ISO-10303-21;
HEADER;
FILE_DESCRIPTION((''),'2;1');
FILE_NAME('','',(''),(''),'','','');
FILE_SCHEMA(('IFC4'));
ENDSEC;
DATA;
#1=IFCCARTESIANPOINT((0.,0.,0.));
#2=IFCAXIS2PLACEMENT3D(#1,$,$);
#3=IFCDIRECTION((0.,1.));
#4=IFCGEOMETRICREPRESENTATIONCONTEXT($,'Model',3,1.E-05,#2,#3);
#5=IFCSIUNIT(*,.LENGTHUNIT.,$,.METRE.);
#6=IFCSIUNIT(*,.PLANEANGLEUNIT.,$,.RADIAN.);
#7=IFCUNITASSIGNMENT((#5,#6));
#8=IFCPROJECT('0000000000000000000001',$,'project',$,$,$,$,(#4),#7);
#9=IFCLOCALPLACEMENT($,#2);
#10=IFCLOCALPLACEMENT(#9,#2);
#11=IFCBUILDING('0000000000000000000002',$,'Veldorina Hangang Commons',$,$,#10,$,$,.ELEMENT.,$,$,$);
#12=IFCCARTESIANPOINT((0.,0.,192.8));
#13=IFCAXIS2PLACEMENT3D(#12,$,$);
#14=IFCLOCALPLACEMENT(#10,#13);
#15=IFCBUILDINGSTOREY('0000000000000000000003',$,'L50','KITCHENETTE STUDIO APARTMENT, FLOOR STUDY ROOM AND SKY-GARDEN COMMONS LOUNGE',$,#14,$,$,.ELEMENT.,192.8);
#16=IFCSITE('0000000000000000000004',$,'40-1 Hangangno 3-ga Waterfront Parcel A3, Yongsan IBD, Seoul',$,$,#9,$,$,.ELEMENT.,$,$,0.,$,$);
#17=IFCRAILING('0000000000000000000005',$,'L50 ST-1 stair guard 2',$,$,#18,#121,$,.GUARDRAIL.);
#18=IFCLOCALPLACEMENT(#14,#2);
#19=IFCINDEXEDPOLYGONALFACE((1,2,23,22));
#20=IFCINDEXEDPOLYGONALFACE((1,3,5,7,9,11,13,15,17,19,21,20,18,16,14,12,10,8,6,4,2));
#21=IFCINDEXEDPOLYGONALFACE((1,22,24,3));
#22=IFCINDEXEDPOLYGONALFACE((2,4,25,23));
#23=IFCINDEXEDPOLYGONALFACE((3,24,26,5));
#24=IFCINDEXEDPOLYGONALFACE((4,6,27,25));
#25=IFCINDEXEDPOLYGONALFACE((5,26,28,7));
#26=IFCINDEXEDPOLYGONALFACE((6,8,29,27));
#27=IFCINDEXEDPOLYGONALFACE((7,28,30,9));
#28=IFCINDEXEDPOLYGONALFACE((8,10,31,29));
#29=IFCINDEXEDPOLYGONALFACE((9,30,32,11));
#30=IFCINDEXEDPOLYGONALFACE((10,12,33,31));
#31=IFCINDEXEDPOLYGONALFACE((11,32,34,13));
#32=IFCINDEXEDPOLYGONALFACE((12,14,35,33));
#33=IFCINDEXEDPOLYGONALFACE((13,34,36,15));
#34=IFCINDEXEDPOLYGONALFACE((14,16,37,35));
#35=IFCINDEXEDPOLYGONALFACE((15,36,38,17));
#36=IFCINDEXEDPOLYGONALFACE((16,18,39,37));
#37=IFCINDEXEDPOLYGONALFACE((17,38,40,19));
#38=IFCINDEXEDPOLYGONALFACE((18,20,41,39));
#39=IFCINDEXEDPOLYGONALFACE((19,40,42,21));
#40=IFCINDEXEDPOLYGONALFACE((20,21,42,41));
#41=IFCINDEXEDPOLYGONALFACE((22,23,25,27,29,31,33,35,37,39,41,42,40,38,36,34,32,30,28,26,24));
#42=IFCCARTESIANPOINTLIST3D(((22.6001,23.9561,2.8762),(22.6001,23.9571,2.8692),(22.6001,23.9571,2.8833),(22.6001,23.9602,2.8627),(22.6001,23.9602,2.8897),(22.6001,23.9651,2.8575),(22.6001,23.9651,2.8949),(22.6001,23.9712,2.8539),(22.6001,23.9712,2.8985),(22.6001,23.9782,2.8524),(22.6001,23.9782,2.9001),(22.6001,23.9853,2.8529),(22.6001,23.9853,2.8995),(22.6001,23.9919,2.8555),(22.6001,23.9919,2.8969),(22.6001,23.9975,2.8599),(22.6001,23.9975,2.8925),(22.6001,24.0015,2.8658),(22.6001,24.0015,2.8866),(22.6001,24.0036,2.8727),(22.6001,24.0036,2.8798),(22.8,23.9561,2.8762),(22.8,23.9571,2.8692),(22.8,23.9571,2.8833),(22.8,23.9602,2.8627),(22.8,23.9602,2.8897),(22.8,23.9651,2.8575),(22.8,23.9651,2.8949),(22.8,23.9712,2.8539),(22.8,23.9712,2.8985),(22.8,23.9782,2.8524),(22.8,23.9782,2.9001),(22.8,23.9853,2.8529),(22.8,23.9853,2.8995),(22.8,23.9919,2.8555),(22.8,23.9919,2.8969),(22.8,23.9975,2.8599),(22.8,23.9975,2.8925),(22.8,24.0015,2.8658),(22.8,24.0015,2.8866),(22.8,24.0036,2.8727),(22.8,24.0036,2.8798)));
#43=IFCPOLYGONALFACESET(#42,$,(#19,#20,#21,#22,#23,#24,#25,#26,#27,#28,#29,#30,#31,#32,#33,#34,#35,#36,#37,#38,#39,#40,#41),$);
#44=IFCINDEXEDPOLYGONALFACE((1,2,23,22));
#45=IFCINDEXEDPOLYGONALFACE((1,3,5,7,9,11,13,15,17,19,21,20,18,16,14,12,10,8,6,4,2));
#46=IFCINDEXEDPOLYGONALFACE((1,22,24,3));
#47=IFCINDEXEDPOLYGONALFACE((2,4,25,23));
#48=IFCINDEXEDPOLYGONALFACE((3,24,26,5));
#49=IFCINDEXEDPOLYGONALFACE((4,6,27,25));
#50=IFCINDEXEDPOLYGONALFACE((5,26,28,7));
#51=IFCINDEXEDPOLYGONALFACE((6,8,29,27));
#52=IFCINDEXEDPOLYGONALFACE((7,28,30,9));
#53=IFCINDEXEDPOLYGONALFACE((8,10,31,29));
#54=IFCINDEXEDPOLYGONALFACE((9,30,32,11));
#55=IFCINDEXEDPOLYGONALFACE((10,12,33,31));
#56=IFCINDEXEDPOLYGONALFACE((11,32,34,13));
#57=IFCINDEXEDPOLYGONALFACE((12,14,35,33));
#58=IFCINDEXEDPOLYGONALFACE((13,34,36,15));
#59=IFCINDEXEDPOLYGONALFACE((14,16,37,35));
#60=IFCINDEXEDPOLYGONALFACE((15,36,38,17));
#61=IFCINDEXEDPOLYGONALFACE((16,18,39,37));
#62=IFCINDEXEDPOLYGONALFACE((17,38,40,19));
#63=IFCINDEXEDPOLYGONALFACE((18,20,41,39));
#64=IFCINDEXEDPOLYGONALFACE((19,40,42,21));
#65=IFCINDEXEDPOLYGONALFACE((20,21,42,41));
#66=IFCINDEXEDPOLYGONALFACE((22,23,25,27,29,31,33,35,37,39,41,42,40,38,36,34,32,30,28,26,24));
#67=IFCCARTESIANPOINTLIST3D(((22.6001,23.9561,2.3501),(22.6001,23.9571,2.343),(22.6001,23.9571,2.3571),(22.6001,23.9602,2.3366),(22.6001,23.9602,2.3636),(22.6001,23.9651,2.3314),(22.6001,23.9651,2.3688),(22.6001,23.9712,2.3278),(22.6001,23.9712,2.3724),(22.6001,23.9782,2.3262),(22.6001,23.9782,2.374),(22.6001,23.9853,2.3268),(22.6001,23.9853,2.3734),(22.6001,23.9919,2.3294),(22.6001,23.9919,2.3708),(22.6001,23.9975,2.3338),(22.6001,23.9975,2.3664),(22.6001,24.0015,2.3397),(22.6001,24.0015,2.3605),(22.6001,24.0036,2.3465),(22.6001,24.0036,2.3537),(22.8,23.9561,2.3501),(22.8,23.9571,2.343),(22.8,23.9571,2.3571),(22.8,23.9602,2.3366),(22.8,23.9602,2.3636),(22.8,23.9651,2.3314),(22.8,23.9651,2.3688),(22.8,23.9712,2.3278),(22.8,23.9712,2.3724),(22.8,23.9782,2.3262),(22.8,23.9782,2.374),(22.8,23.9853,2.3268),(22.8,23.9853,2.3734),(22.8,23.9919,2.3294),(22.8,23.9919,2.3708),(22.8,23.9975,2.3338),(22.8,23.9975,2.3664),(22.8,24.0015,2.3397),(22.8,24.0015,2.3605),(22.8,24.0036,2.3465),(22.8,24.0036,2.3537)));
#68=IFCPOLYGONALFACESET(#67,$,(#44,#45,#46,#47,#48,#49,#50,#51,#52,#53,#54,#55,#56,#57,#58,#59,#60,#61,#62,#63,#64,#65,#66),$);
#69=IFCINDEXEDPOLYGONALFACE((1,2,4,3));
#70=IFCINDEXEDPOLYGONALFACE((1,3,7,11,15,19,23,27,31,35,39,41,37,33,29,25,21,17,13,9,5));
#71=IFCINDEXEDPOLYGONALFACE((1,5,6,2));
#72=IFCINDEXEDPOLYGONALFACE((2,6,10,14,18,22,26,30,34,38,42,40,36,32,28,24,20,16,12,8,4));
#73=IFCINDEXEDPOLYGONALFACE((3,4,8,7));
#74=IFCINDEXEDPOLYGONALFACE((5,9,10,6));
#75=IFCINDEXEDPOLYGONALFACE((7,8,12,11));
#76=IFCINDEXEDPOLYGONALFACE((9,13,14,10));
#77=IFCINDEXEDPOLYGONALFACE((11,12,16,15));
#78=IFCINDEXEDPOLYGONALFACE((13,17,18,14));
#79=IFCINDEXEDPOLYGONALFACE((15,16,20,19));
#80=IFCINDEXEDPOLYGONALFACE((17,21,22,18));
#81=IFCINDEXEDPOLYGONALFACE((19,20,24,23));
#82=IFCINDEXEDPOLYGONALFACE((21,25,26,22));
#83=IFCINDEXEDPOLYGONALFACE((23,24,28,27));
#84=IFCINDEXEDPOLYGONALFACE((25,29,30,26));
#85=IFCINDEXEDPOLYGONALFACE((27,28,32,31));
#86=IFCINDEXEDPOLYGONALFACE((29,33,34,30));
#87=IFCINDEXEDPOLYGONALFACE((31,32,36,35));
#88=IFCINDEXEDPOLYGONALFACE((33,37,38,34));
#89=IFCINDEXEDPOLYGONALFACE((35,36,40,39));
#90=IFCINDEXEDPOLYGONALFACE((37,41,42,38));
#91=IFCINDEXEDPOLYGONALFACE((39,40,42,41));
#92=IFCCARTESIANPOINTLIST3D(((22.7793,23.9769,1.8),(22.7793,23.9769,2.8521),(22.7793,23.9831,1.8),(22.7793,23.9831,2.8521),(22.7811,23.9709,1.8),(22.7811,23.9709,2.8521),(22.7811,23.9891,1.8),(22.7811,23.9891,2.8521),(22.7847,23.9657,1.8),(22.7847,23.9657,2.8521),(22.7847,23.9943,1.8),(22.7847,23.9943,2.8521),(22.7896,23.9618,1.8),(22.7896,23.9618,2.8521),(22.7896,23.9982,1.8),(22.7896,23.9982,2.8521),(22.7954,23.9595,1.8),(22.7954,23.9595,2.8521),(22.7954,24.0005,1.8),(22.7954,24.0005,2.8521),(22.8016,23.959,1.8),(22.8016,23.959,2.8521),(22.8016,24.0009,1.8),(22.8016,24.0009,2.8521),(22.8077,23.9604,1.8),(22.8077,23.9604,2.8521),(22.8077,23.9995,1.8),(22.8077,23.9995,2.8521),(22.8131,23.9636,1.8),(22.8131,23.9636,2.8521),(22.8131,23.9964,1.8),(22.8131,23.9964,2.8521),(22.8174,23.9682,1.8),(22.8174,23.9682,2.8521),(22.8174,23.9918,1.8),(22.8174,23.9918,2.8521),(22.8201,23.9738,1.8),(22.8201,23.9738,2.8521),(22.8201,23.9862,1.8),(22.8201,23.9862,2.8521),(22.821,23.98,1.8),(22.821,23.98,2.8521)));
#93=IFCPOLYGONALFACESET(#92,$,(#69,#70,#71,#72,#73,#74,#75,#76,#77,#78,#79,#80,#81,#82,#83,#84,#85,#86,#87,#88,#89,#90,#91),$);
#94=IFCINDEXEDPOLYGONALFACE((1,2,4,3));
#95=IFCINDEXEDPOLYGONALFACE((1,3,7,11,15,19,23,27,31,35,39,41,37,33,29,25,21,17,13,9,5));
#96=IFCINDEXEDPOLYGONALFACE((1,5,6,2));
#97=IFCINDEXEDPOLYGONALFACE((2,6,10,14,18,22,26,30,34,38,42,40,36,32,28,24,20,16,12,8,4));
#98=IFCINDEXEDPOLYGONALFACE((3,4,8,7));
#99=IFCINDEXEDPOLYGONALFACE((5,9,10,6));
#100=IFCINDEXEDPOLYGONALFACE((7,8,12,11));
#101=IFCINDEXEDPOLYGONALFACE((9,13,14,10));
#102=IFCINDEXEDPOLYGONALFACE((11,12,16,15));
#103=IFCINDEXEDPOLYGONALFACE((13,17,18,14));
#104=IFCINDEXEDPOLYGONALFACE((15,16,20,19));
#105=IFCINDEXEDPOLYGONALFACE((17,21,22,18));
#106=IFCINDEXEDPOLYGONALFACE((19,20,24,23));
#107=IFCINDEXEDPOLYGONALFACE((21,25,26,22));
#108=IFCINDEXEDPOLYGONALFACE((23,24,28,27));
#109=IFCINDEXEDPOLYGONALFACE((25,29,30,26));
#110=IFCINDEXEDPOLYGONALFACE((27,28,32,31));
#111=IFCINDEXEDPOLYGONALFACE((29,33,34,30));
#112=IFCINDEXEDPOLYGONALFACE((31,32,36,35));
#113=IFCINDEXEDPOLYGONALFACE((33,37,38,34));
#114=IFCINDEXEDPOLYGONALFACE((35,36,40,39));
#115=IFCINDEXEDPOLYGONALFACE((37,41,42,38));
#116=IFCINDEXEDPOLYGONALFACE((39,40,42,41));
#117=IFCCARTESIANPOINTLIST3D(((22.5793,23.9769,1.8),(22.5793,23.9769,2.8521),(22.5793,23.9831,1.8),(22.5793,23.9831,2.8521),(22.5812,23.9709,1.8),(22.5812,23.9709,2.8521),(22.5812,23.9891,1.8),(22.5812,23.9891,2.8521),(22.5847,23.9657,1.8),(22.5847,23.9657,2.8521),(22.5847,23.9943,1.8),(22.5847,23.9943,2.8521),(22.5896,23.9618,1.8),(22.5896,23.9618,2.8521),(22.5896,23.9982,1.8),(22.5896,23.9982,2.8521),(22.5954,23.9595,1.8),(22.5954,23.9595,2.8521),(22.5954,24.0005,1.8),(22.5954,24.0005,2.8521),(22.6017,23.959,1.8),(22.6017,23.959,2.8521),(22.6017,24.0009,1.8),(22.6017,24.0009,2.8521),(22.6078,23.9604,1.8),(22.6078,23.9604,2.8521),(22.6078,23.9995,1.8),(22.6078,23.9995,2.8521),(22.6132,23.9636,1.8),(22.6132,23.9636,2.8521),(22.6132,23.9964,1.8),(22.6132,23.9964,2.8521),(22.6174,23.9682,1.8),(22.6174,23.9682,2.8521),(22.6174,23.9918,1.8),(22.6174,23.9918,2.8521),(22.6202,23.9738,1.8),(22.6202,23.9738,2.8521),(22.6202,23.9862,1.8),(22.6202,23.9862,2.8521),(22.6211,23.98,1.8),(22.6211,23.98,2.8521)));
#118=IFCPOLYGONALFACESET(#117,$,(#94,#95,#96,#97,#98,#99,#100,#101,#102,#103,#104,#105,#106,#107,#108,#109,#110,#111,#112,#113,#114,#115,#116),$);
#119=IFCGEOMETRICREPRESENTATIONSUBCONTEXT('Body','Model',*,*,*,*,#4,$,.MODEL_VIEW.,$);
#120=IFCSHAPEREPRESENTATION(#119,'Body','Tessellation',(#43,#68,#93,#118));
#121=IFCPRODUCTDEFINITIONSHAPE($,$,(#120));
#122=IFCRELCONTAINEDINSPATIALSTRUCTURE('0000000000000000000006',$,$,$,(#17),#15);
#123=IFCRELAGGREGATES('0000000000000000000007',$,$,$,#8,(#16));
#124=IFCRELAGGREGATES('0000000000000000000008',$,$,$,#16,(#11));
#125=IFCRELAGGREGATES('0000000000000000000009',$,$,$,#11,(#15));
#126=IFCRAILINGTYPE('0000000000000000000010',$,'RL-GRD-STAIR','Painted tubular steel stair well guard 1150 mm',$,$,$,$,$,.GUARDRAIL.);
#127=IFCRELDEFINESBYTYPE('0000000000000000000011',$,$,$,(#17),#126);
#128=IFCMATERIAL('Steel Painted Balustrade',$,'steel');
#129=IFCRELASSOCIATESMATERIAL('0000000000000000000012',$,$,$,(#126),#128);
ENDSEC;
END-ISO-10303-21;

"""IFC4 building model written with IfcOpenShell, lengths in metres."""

from ifc_helpers import new_model, si_unit, direction, frame, origin, origin_2d, place, context, subcontext, project, spatial, circle, extrude, material, type_object, element, save


model = new_model("IFC4")

# Units and contexts
model_context = context("Model", 3, precision=1e-05, world=origin(), true_north=direction((0.0, 1.0)))
body_context = subcontext(model_context, "Body", "Model", "MODEL_VIEW")
ifc_project = project(units=[si_unit("LENGTHUNIT", "METRE"), si_unit("PLANEANGLEUNIT", "RADIAN")], contexts=[model_context])

# Site, building, storey
site_placement = place(None, origin())
site = spatial("IfcSite", under=ifc_project, at=site_placement, Name="40-1 Hangangno 3-ga Waterfront Parcel A3, Yongsan IBD, Seoul", CompositionType="ELEMENT", RefElevation=0.0)
building_placement = place(site_placement, origin())
building = spatial("IfcBuilding", under=site, at=building_placement, Name="Veldorina Hangang Commons", CompositionType="ELEMENT")
storey_placement = place(building_placement, frame((0.0, 0.0, 192.8)))
storey = spatial("IfcBuildingStorey", under=building, at=storey_placement, Name="L50", Description="KITCHENETTE STUDIO APARTMENT, FLOOR STUDY ROOM AND SKY-GARDEN COMMONS LOUNGE", CompositionType="ELEMENT", Elevation=192.8)

# Railing
ifc_material_1 = material(Name="Steel Painted Balustrade", Category="steel")
railing_type_1 = type_object("IfcRailingType", Name="RL-GRD-STAIR", Description="Painted tubular steel stair well guard 1150 mm", PredefinedType="GUARDRAIL", material=ifc_material_1)
railing_1_placement = place(storey_placement, frame((22.8, 23.98, 1.8)))
element("IfcRailing", 1, at=railing_1_placement, inside=storey, type_object=railing_type_1, Name="L50 ST-1 stair guard 2", PredefinedType="GUARDRAIL", context=body_context, shape_type="SweptSolid", body=[
    extrude(circle(Radius=0.0239, at=origin_2d()), frame((0.0, 0.0, 1.0762), z_axis=(-1.0, 0.0, 0.0), x_axis=(0.0, -1.0, 0.0)), (0.0, 0.0, 1.0), 0.2),
    extrude(circle(Radius=0.0239, at=origin_2d()), frame((0.0, 0.0, 0.55), z_axis=(-1.0, 0.0, 0.0), x_axis=(0.0, -1.0, 0.0)), (0.0, 0.0, 1.0), 0.2),
    extrude(circle(Radius=0.021, at=origin_2d()), origin(), (0.0, 0.0, 1.0), 1.052),
    extrude(circle(Radius=0.021, at=origin_2d()), frame((-0.2, 0.0, 0.0)), (0.0, 0.0, 1.0), 1.052),
])

save(model, "model.ifc")
